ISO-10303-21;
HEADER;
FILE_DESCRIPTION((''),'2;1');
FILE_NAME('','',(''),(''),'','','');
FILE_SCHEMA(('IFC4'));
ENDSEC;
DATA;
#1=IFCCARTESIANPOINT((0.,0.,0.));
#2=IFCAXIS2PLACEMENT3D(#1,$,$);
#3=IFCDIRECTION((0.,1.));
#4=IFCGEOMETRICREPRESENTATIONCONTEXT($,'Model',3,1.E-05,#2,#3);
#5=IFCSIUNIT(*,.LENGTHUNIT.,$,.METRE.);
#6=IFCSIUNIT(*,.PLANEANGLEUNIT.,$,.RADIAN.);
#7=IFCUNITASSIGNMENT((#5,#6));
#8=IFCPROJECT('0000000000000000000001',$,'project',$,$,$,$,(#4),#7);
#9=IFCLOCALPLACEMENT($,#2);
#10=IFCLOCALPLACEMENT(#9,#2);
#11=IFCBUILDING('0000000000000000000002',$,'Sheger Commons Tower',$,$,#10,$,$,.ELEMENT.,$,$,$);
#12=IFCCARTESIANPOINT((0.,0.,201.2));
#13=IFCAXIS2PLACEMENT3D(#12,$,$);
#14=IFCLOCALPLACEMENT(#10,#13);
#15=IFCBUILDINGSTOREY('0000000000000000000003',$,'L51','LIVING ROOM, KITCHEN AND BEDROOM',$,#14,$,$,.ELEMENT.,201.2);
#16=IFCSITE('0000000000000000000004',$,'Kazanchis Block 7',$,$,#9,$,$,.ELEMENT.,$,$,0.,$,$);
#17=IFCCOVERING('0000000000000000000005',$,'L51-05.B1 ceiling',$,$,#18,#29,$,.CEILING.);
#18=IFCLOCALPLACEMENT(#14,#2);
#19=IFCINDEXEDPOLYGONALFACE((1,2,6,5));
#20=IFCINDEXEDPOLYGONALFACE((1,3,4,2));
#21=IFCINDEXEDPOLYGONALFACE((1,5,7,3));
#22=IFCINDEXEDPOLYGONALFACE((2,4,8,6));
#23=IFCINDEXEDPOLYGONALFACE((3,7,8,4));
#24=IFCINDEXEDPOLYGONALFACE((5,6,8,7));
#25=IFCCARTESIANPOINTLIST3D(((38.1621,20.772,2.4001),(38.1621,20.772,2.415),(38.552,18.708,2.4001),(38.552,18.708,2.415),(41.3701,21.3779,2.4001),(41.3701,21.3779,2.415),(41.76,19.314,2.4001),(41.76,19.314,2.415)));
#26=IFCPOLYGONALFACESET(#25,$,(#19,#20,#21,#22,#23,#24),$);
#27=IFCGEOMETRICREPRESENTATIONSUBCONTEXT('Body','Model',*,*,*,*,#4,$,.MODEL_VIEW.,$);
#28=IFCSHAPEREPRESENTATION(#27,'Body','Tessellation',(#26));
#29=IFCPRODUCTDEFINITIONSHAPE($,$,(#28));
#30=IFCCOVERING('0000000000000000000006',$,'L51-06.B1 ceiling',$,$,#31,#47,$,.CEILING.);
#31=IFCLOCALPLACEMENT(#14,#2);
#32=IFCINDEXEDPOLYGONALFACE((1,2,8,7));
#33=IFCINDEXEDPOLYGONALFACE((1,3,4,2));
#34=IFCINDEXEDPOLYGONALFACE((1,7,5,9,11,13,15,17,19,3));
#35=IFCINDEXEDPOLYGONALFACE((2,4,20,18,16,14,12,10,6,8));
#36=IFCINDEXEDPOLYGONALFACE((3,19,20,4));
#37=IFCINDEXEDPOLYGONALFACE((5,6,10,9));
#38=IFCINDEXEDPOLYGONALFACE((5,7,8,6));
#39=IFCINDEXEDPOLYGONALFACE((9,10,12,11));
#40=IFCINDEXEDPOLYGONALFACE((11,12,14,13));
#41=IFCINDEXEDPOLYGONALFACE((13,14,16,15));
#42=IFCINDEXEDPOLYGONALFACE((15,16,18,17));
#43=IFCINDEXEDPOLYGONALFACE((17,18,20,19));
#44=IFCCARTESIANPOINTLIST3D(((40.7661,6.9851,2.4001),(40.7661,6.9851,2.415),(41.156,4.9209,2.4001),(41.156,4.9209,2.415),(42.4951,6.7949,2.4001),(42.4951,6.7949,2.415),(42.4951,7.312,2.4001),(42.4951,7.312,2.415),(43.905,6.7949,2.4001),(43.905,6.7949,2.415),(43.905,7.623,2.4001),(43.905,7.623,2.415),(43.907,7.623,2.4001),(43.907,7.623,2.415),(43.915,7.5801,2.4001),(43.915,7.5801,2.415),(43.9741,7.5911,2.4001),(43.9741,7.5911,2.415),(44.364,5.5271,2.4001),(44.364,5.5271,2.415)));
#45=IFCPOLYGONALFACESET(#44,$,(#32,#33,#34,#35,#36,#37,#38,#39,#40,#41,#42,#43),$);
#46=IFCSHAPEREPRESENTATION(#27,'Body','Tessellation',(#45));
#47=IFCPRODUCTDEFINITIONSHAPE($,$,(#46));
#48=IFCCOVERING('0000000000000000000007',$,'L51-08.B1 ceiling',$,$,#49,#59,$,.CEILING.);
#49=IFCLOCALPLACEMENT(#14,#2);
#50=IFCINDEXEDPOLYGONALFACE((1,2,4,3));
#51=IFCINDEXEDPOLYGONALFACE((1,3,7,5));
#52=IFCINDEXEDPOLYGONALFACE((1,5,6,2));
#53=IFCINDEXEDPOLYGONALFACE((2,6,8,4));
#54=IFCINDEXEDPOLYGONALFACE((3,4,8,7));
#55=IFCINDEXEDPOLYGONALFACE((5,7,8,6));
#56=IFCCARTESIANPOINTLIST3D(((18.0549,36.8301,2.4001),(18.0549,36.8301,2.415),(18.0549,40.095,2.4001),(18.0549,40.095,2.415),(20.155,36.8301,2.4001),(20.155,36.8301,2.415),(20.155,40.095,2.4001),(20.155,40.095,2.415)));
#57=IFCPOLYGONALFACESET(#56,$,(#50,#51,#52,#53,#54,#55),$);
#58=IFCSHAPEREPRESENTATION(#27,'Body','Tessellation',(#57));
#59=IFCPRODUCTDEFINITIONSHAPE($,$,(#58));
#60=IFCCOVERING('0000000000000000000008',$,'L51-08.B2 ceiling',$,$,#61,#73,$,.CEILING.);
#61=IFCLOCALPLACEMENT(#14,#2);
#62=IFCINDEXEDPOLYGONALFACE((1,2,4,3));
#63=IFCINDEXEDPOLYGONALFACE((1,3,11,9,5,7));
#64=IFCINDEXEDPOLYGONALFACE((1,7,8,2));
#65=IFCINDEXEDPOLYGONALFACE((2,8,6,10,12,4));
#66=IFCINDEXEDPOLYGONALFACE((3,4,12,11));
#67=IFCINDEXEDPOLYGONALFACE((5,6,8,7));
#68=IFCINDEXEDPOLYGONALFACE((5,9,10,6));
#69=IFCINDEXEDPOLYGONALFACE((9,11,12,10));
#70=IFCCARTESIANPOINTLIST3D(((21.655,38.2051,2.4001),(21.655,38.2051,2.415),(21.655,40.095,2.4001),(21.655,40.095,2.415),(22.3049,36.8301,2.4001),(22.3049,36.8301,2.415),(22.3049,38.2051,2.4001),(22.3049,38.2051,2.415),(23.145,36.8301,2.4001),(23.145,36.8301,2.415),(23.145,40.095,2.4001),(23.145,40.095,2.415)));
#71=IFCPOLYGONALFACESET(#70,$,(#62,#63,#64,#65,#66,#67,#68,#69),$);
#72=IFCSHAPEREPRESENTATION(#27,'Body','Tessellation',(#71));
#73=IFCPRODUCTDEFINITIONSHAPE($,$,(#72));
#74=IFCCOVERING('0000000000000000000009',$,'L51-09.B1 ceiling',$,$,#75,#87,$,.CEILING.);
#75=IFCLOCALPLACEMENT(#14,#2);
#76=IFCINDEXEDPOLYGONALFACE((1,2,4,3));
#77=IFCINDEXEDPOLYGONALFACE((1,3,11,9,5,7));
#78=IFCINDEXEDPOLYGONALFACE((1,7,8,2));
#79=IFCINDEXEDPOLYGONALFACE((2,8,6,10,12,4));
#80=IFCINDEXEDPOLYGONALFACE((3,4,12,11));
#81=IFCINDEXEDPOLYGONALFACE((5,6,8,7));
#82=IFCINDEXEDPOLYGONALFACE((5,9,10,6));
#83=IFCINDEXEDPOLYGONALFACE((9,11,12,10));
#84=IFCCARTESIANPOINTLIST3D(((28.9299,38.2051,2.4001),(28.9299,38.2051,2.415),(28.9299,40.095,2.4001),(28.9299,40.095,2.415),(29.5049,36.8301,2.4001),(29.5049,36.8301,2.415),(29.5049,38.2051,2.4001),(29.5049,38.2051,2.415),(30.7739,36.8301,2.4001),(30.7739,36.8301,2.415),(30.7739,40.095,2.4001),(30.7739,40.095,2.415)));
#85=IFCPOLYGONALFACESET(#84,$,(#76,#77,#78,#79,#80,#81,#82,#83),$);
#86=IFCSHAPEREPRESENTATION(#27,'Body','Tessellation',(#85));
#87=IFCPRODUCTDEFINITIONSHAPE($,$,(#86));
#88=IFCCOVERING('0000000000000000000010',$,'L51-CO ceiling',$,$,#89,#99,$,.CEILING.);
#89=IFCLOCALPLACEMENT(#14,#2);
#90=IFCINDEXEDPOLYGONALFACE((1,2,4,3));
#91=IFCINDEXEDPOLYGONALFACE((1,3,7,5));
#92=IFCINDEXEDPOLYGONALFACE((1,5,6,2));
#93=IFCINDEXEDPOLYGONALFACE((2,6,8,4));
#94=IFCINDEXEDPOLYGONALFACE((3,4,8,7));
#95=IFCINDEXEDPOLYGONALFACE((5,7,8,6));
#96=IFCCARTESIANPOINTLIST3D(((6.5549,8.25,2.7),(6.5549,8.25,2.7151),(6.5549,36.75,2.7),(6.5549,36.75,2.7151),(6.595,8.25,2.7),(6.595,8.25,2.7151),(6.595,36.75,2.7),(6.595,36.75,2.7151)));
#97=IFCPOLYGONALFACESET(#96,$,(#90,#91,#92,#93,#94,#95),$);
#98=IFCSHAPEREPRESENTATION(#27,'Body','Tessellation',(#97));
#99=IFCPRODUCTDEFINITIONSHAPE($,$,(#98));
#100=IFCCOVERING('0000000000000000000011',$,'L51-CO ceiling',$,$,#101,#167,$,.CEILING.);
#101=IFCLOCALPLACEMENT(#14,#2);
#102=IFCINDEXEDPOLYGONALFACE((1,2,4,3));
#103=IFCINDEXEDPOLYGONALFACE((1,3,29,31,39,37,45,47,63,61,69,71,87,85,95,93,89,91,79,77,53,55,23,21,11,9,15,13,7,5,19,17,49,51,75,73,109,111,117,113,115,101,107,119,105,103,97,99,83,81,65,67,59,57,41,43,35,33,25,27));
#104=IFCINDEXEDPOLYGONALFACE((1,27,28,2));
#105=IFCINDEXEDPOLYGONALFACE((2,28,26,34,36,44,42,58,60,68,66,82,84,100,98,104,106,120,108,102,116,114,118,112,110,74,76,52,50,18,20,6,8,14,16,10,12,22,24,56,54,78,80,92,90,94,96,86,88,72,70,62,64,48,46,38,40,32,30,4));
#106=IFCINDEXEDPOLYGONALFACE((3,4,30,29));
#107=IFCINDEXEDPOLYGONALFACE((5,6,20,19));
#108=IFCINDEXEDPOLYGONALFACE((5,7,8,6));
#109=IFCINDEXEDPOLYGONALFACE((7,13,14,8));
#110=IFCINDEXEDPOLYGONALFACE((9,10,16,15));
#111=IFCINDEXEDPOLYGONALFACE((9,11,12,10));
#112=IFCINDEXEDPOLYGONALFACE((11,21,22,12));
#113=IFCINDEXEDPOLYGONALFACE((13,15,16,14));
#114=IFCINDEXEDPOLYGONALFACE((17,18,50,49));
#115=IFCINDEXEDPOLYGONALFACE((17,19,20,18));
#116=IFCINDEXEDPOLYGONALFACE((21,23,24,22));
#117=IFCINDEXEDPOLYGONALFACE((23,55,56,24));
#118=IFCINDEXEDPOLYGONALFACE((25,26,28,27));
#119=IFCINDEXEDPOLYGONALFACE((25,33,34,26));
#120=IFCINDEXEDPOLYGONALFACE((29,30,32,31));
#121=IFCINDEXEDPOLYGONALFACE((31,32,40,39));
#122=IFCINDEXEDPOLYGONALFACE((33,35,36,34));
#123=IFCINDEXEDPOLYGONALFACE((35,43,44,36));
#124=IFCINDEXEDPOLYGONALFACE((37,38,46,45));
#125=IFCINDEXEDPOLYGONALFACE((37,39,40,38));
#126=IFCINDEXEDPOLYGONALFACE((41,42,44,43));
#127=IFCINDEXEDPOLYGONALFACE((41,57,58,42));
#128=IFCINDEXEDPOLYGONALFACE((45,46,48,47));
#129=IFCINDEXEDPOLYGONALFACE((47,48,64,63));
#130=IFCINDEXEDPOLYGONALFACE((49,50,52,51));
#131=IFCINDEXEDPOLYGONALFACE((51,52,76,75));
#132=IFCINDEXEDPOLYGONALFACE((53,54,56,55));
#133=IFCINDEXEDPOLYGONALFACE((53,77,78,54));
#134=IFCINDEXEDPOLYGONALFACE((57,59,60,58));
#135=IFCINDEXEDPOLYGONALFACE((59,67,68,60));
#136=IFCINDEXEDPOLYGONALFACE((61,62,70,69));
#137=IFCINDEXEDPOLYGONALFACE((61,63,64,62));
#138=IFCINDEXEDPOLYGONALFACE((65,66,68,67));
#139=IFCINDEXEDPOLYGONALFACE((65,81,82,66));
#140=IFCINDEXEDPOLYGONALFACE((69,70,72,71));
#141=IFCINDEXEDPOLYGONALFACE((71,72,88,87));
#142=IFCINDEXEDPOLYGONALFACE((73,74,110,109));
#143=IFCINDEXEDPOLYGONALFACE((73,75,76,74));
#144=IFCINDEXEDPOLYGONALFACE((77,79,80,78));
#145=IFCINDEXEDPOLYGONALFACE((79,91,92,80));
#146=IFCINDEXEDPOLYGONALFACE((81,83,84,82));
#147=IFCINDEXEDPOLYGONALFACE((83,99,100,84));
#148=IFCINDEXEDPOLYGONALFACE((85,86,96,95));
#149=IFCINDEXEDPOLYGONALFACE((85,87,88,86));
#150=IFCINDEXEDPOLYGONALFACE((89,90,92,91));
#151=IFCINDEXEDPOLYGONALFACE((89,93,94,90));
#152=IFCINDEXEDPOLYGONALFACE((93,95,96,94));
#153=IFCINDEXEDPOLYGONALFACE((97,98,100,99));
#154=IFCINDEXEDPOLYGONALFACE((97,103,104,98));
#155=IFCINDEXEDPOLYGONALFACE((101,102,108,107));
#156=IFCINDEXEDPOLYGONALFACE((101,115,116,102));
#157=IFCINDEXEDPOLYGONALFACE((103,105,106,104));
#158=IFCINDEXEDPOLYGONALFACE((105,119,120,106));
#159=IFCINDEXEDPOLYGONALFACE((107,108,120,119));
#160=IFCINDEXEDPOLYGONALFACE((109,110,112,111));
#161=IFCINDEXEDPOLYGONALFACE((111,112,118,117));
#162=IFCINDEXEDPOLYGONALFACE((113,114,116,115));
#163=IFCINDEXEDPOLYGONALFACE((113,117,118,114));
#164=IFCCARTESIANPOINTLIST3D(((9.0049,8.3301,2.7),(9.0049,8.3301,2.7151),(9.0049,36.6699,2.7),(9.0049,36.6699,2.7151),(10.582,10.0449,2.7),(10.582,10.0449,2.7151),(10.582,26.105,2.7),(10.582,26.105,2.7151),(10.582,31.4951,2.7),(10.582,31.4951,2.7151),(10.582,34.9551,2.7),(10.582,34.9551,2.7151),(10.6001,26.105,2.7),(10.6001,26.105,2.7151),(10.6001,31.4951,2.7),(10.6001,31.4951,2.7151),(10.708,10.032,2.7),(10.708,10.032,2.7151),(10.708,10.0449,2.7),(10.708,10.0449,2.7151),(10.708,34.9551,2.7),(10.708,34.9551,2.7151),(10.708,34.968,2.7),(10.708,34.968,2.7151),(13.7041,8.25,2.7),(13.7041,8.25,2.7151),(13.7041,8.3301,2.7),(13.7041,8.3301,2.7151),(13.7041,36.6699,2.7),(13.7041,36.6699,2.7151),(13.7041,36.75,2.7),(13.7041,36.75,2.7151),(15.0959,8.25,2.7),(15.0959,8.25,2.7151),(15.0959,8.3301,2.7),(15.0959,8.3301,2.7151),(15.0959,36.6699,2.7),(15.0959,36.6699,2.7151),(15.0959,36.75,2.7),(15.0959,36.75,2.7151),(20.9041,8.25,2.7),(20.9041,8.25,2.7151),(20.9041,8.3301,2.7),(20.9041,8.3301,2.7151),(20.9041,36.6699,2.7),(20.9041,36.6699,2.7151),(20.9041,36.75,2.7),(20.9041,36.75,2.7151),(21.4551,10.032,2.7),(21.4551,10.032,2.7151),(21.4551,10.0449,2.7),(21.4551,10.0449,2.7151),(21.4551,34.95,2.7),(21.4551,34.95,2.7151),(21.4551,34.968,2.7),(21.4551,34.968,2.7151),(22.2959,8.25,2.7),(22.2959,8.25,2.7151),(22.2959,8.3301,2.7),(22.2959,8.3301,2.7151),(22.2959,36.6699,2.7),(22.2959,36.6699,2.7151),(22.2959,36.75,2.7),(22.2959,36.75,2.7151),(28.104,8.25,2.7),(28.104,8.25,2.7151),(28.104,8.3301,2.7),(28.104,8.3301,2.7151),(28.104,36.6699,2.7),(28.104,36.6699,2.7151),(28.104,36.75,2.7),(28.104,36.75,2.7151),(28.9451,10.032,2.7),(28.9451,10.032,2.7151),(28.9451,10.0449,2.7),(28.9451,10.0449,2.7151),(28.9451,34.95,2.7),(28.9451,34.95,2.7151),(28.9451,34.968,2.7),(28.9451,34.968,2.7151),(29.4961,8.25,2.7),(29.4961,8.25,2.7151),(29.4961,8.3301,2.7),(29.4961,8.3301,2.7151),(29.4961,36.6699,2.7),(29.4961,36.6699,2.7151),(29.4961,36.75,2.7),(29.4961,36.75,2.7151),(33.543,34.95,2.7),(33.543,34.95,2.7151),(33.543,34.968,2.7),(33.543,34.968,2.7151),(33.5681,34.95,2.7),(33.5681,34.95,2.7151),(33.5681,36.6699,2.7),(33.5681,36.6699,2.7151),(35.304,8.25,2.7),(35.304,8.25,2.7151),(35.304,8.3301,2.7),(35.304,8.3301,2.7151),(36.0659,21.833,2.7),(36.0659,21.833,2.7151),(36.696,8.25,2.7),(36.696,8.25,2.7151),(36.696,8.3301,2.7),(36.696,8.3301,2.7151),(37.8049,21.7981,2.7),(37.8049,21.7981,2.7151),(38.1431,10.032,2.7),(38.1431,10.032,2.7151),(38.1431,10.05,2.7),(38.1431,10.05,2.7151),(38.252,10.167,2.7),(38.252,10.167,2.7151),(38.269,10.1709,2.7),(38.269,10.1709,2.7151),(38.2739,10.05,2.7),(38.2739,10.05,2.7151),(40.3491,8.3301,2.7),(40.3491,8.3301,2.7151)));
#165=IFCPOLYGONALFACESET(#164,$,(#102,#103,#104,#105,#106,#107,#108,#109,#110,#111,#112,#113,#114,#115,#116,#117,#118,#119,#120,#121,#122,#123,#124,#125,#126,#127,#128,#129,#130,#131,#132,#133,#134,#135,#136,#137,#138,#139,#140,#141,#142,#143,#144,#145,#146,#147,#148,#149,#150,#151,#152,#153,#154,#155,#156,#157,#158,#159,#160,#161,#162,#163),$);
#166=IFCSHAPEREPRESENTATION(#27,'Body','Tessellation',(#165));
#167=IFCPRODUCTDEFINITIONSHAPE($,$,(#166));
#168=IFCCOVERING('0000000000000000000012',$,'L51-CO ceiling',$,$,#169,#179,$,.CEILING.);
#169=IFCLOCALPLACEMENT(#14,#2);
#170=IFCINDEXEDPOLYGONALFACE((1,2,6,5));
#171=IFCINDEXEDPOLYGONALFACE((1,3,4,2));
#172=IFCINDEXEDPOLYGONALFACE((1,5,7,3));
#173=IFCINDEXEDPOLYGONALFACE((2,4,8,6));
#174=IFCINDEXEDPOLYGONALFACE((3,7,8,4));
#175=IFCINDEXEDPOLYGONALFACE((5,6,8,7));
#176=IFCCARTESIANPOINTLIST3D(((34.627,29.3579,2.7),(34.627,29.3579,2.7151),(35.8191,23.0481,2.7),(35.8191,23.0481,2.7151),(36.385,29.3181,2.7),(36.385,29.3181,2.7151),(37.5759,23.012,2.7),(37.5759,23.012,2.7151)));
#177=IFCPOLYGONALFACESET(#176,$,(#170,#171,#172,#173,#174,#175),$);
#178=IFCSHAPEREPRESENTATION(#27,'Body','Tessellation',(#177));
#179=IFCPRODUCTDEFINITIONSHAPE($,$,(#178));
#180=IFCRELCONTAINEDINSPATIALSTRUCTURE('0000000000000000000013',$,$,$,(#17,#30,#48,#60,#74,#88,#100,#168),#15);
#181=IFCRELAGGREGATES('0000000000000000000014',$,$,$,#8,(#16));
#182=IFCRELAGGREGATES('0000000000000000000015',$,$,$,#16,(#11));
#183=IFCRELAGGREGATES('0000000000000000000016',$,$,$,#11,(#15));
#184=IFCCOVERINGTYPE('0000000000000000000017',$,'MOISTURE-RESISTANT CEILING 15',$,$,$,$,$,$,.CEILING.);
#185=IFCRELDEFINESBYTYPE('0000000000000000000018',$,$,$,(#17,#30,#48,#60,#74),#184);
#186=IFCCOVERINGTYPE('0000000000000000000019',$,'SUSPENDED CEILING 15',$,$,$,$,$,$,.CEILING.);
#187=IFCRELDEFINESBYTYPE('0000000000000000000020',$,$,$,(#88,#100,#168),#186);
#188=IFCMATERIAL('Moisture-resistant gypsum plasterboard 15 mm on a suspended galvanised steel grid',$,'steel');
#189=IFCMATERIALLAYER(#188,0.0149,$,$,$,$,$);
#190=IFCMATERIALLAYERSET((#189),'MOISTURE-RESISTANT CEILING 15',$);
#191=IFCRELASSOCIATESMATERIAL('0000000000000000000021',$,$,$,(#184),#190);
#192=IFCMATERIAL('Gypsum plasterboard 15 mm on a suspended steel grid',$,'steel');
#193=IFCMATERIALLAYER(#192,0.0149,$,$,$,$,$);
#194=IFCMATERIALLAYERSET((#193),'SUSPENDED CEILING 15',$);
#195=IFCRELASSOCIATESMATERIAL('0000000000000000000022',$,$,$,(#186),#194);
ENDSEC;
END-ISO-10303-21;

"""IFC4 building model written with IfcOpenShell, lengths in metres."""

from ifc_helpers import new_model, si_unit, direction, frame, origin, place, context, subcontext, project, spatial, polyline, outline, extrude, material, layer, layer_set, type_object, element, save


model = new_model("IFC4")

# Units and contexts
model_context = context("Model", 3, precision=1e-05, world=origin(), true_north=direction((0.0, 1.0)))
body_context = subcontext(model_context, "Body", "Model", "MODEL_VIEW")
ifc_project = project(units=[si_unit("LENGTHUNIT", "METRE"), si_unit("PLANEANGLEUNIT", "RADIAN")], contexts=[model_context])

# Site, building, storey
site_placement = place(None, origin())
site = spatial("IfcSite", under=ifc_project, at=site_placement, Name="Kazanchis Block 7", CompositionType="ELEMENT", RefElevation=0.0)
building_placement = place(site_placement, origin())
building = spatial("IfcBuilding", under=site, at=building_placement, Name="Sheger Commons Tower", CompositionType="ELEMENT")
storey_placement = place(building_placement, frame((0.0, 0.0, 201.2)))
storey = spatial("IfcBuildingStorey", under=building, at=storey_placement, Name="L51", Description="LIVING ROOM, KITCHEN AND BEDROOM", CompositionType="ELEMENT", Elevation=201.2)

# Coverings
ifc_material_1 = material(Name="Moisture-resistant gypsum plasterboard 15 mm on a suspended galvanised steel grid", Category="steel")
ifc_layer_1 = layer(ifc_material_1, 0.0149)
ifc_layer_set_1 = layer_set([ifc_layer_1], Name="MOISTURE-RESISTANT CEILING 15")
covering_type_1 = type_object("IfcCoveringType", Name="MOISTURE-RESISTANT CEILING 15", PredefinedType="CEILING", material=ifc_layer_set_1)
covering_1_placement = place(storey_placement, frame((0.0, 0.0, 2.4001)))
element("IfcCovering", 1, at=covering_1_placement, inside=storey, type_object=covering_type_1, Name="L51-05.B1 ceiling", PredefinedType="CEILING", context=body_context, shape_type="SweptSolid", body=[
    extrude(outline(polyline([(38.552, 18.708), (41.76, 19.314), (41.3701, 21.3779), (38.1621, 20.772), (38.552, 18.708)])), origin(), (0.0, 0.0, 1.0), 0.0149),
])
covering_2_placement = place(storey_placement, frame((0.0, 0.0, 2.4001)))
element("IfcCovering", 2, at=covering_2_placement, inside=storey, type_object=covering_type_1, Name="L51-06.B1 ceiling", PredefinedType="CEILING", context=body_context, shape_type="SweptSolid", body=[
    extrude(outline(polyline([(41.156, 4.9209), (44.364, 5.5271), (43.9741, 7.5911), (43.915, 7.5801), (43.907, 7.623), (43.905, 7.623), (43.905, 6.7949), (42.4951, 6.7949), (42.4951, 7.312), (40.7661, 6.9851), (41.156, 4.9209)])), origin(), (0.0, 0.0, 1.0), 0.0149),
])
covering_3_placement = place(storey_placement, frame((0.0, 0.0, 2.4001)))
element("IfcCovering", 3, at=covering_3_placement, inside=storey, type_object=covering_type_1, Name="L51-08.B1 ceiling", PredefinedType="CEILING", context=body_context, shape_type="SweptSolid", body=[
    extrude(outline(polyline([(18.0549, 36.8301), (20.155, 36.8301), (20.155, 40.095), (18.0549, 40.095), (18.0549, 36.8301)])), origin(), (0.0, 0.0, 1.0), 0.0149),
])
covering_4_placement = place(storey_placement, frame((0.0, 0.0, 2.4001)))
element("IfcCovering", 4, at=covering_4_placement, inside=storey, type_object=covering_type_1, Name="L51-08.B2 ceiling", PredefinedType="CEILING", context=body_context, shape_type="SweptSolid", body=[
    extrude(outline(polyline([(22.3049, 36.8301), (23.145, 36.8301), (23.145, 40.095), (21.655, 40.095), (21.655, 38.2051), (22.3049, 38.2051), (22.3049, 36.8301)])), origin(), (0.0, 0.0, 1.0), 0.0149),
])
covering_5_placement = place(storey_placement, frame((0.0, 0.0, 2.4001)))
element("IfcCovering", 5, at=covering_5_placement, inside=storey, type_object=covering_type_1, Name="L51-09.B1 ceiling", PredefinedType="CEILING", context=body_context, shape_type="SweptSolid", body=[
    extrude(outline(polyline([(29.5049, 36.8301), (30.7739, 36.8301), (30.7739, 40.095), (28.9299, 40.095), (28.9299, 38.2051), (29.5049, 38.2051), (29.5049, 36.8301)])), origin(), (0.0, 0.0, 1.0), 0.0149),
])
ifc_material_2 = material(Name="Gypsum plasterboard 15 mm on a suspended steel grid", Category="steel")
ifc_layer_2 = layer(ifc_material_2, 0.0149)
ifc_layer_set_2 = layer_set([ifc_layer_2], Name="SUSPENDED CEILING 15")
covering_type_2 = type_object("IfcCoveringType", Name="SUSPENDED CEILING 15", PredefinedType="CEILING", material=ifc_layer_set_2)
covering_6_placement = place(storey_placement, frame((0.0, 0.0, 2.7)))
element("IfcCovering", 6, at=covering_6_placement, inside=storey, type_object=covering_type_2, Name="L51-CO ceiling", PredefinedType="CEILING", context=body_context, shape_type="SweptSolid", body=[
    extrude(outline(polyline([(6.5549, 8.25), (6.595, 8.25), (6.595, 36.75), (6.5549, 36.75), (6.5549, 8.25)])), origin(), (0.0, 0.0, 1.0), 0.0151),
])
covering_7_placement = place(storey_placement, frame((0.0, 0.0, 2.7)))
element("IfcCovering", 7, at=covering_7_placement, inside=storey, type_object=covering_type_2, Name="L51-CO ceiling", PredefinedType="CEILING", context=body_context, shape_type="SweptSolid", body=[
    extrude(outline(polyline([(13.7041, 8.25), (15.0959, 8.25), (15.0959, 8.3301), (20.9041, 8.3301), (20.9041, 8.25), (22.2959, 8.25), (22.2959, 8.3301), (28.104, 8.3301), (28.104, 8.25), (29.4961, 8.25), (29.4961, 8.3301), (35.304, 8.3301), (35.304, 8.25), (36.696, 8.25), (36.696, 8.3301), (40.3491, 8.3301), (37.8049, 21.7981), (36.0659, 21.833), (38.269, 10.1709), (38.252, 10.167), (38.2739, 10.05), (38.1431, 10.05), (38.1431, 10.032), (28.9451, 10.032), (28.9451, 10.0449), (21.4551, 10.0449), (21.4551, 10.032), (10.708, 10.032), (10.708, 10.0449), (10.582, 10.0449), (10.582, 26.105), (10.6001, 26.105), (10.6001, 31.4951), (10.582, 31.4951), (10.582, 34.9551), (10.708, 34.9551), (10.708, 34.968), (21.4551, 34.968), (21.4551, 34.95), (28.9451, 34.95), (28.9451, 34.968), (33.543, 34.968), (33.543, 34.95), (33.5681, 34.95), (33.5681, 36.6699), (29.4961, 36.6699), (29.4961, 36.75), (28.104, 36.75), (28.104, 36.6699), (22.2959, 36.6699), (22.2959, 36.75), (20.9041, 36.75), (20.9041, 36.6699), (15.0959, 36.6699), (15.0959, 36.75), (13.7041, 36.75), (13.7041, 36.6699), (9.0049, 36.6699), (9.0049, 8.3301), (13.7041, 8.3301), (13.7041, 8.25)])), origin(), (0.0, 0.0, 1.0), 0.0151),
])
covering_8_placement = place(storey_placement, frame((0.0, 0.0, 2.7)))
element("IfcCovering", 8, at=covering_8_placement, inside=storey, type_object=covering_type_2, Name="L51-CO ceiling", PredefinedType="CEILING", context=body_context, shape_type="SweptSolid", body=[
    extrude(outline(polyline([(37.5759, 23.012), (36.385, 29.3181), (34.627, 29.3579), (35.8191, 23.0481), (37.5759, 23.012)])), origin(), (0.0, 0.0, 1.0), 0.0151),
])

save(model, "model.ifc")
